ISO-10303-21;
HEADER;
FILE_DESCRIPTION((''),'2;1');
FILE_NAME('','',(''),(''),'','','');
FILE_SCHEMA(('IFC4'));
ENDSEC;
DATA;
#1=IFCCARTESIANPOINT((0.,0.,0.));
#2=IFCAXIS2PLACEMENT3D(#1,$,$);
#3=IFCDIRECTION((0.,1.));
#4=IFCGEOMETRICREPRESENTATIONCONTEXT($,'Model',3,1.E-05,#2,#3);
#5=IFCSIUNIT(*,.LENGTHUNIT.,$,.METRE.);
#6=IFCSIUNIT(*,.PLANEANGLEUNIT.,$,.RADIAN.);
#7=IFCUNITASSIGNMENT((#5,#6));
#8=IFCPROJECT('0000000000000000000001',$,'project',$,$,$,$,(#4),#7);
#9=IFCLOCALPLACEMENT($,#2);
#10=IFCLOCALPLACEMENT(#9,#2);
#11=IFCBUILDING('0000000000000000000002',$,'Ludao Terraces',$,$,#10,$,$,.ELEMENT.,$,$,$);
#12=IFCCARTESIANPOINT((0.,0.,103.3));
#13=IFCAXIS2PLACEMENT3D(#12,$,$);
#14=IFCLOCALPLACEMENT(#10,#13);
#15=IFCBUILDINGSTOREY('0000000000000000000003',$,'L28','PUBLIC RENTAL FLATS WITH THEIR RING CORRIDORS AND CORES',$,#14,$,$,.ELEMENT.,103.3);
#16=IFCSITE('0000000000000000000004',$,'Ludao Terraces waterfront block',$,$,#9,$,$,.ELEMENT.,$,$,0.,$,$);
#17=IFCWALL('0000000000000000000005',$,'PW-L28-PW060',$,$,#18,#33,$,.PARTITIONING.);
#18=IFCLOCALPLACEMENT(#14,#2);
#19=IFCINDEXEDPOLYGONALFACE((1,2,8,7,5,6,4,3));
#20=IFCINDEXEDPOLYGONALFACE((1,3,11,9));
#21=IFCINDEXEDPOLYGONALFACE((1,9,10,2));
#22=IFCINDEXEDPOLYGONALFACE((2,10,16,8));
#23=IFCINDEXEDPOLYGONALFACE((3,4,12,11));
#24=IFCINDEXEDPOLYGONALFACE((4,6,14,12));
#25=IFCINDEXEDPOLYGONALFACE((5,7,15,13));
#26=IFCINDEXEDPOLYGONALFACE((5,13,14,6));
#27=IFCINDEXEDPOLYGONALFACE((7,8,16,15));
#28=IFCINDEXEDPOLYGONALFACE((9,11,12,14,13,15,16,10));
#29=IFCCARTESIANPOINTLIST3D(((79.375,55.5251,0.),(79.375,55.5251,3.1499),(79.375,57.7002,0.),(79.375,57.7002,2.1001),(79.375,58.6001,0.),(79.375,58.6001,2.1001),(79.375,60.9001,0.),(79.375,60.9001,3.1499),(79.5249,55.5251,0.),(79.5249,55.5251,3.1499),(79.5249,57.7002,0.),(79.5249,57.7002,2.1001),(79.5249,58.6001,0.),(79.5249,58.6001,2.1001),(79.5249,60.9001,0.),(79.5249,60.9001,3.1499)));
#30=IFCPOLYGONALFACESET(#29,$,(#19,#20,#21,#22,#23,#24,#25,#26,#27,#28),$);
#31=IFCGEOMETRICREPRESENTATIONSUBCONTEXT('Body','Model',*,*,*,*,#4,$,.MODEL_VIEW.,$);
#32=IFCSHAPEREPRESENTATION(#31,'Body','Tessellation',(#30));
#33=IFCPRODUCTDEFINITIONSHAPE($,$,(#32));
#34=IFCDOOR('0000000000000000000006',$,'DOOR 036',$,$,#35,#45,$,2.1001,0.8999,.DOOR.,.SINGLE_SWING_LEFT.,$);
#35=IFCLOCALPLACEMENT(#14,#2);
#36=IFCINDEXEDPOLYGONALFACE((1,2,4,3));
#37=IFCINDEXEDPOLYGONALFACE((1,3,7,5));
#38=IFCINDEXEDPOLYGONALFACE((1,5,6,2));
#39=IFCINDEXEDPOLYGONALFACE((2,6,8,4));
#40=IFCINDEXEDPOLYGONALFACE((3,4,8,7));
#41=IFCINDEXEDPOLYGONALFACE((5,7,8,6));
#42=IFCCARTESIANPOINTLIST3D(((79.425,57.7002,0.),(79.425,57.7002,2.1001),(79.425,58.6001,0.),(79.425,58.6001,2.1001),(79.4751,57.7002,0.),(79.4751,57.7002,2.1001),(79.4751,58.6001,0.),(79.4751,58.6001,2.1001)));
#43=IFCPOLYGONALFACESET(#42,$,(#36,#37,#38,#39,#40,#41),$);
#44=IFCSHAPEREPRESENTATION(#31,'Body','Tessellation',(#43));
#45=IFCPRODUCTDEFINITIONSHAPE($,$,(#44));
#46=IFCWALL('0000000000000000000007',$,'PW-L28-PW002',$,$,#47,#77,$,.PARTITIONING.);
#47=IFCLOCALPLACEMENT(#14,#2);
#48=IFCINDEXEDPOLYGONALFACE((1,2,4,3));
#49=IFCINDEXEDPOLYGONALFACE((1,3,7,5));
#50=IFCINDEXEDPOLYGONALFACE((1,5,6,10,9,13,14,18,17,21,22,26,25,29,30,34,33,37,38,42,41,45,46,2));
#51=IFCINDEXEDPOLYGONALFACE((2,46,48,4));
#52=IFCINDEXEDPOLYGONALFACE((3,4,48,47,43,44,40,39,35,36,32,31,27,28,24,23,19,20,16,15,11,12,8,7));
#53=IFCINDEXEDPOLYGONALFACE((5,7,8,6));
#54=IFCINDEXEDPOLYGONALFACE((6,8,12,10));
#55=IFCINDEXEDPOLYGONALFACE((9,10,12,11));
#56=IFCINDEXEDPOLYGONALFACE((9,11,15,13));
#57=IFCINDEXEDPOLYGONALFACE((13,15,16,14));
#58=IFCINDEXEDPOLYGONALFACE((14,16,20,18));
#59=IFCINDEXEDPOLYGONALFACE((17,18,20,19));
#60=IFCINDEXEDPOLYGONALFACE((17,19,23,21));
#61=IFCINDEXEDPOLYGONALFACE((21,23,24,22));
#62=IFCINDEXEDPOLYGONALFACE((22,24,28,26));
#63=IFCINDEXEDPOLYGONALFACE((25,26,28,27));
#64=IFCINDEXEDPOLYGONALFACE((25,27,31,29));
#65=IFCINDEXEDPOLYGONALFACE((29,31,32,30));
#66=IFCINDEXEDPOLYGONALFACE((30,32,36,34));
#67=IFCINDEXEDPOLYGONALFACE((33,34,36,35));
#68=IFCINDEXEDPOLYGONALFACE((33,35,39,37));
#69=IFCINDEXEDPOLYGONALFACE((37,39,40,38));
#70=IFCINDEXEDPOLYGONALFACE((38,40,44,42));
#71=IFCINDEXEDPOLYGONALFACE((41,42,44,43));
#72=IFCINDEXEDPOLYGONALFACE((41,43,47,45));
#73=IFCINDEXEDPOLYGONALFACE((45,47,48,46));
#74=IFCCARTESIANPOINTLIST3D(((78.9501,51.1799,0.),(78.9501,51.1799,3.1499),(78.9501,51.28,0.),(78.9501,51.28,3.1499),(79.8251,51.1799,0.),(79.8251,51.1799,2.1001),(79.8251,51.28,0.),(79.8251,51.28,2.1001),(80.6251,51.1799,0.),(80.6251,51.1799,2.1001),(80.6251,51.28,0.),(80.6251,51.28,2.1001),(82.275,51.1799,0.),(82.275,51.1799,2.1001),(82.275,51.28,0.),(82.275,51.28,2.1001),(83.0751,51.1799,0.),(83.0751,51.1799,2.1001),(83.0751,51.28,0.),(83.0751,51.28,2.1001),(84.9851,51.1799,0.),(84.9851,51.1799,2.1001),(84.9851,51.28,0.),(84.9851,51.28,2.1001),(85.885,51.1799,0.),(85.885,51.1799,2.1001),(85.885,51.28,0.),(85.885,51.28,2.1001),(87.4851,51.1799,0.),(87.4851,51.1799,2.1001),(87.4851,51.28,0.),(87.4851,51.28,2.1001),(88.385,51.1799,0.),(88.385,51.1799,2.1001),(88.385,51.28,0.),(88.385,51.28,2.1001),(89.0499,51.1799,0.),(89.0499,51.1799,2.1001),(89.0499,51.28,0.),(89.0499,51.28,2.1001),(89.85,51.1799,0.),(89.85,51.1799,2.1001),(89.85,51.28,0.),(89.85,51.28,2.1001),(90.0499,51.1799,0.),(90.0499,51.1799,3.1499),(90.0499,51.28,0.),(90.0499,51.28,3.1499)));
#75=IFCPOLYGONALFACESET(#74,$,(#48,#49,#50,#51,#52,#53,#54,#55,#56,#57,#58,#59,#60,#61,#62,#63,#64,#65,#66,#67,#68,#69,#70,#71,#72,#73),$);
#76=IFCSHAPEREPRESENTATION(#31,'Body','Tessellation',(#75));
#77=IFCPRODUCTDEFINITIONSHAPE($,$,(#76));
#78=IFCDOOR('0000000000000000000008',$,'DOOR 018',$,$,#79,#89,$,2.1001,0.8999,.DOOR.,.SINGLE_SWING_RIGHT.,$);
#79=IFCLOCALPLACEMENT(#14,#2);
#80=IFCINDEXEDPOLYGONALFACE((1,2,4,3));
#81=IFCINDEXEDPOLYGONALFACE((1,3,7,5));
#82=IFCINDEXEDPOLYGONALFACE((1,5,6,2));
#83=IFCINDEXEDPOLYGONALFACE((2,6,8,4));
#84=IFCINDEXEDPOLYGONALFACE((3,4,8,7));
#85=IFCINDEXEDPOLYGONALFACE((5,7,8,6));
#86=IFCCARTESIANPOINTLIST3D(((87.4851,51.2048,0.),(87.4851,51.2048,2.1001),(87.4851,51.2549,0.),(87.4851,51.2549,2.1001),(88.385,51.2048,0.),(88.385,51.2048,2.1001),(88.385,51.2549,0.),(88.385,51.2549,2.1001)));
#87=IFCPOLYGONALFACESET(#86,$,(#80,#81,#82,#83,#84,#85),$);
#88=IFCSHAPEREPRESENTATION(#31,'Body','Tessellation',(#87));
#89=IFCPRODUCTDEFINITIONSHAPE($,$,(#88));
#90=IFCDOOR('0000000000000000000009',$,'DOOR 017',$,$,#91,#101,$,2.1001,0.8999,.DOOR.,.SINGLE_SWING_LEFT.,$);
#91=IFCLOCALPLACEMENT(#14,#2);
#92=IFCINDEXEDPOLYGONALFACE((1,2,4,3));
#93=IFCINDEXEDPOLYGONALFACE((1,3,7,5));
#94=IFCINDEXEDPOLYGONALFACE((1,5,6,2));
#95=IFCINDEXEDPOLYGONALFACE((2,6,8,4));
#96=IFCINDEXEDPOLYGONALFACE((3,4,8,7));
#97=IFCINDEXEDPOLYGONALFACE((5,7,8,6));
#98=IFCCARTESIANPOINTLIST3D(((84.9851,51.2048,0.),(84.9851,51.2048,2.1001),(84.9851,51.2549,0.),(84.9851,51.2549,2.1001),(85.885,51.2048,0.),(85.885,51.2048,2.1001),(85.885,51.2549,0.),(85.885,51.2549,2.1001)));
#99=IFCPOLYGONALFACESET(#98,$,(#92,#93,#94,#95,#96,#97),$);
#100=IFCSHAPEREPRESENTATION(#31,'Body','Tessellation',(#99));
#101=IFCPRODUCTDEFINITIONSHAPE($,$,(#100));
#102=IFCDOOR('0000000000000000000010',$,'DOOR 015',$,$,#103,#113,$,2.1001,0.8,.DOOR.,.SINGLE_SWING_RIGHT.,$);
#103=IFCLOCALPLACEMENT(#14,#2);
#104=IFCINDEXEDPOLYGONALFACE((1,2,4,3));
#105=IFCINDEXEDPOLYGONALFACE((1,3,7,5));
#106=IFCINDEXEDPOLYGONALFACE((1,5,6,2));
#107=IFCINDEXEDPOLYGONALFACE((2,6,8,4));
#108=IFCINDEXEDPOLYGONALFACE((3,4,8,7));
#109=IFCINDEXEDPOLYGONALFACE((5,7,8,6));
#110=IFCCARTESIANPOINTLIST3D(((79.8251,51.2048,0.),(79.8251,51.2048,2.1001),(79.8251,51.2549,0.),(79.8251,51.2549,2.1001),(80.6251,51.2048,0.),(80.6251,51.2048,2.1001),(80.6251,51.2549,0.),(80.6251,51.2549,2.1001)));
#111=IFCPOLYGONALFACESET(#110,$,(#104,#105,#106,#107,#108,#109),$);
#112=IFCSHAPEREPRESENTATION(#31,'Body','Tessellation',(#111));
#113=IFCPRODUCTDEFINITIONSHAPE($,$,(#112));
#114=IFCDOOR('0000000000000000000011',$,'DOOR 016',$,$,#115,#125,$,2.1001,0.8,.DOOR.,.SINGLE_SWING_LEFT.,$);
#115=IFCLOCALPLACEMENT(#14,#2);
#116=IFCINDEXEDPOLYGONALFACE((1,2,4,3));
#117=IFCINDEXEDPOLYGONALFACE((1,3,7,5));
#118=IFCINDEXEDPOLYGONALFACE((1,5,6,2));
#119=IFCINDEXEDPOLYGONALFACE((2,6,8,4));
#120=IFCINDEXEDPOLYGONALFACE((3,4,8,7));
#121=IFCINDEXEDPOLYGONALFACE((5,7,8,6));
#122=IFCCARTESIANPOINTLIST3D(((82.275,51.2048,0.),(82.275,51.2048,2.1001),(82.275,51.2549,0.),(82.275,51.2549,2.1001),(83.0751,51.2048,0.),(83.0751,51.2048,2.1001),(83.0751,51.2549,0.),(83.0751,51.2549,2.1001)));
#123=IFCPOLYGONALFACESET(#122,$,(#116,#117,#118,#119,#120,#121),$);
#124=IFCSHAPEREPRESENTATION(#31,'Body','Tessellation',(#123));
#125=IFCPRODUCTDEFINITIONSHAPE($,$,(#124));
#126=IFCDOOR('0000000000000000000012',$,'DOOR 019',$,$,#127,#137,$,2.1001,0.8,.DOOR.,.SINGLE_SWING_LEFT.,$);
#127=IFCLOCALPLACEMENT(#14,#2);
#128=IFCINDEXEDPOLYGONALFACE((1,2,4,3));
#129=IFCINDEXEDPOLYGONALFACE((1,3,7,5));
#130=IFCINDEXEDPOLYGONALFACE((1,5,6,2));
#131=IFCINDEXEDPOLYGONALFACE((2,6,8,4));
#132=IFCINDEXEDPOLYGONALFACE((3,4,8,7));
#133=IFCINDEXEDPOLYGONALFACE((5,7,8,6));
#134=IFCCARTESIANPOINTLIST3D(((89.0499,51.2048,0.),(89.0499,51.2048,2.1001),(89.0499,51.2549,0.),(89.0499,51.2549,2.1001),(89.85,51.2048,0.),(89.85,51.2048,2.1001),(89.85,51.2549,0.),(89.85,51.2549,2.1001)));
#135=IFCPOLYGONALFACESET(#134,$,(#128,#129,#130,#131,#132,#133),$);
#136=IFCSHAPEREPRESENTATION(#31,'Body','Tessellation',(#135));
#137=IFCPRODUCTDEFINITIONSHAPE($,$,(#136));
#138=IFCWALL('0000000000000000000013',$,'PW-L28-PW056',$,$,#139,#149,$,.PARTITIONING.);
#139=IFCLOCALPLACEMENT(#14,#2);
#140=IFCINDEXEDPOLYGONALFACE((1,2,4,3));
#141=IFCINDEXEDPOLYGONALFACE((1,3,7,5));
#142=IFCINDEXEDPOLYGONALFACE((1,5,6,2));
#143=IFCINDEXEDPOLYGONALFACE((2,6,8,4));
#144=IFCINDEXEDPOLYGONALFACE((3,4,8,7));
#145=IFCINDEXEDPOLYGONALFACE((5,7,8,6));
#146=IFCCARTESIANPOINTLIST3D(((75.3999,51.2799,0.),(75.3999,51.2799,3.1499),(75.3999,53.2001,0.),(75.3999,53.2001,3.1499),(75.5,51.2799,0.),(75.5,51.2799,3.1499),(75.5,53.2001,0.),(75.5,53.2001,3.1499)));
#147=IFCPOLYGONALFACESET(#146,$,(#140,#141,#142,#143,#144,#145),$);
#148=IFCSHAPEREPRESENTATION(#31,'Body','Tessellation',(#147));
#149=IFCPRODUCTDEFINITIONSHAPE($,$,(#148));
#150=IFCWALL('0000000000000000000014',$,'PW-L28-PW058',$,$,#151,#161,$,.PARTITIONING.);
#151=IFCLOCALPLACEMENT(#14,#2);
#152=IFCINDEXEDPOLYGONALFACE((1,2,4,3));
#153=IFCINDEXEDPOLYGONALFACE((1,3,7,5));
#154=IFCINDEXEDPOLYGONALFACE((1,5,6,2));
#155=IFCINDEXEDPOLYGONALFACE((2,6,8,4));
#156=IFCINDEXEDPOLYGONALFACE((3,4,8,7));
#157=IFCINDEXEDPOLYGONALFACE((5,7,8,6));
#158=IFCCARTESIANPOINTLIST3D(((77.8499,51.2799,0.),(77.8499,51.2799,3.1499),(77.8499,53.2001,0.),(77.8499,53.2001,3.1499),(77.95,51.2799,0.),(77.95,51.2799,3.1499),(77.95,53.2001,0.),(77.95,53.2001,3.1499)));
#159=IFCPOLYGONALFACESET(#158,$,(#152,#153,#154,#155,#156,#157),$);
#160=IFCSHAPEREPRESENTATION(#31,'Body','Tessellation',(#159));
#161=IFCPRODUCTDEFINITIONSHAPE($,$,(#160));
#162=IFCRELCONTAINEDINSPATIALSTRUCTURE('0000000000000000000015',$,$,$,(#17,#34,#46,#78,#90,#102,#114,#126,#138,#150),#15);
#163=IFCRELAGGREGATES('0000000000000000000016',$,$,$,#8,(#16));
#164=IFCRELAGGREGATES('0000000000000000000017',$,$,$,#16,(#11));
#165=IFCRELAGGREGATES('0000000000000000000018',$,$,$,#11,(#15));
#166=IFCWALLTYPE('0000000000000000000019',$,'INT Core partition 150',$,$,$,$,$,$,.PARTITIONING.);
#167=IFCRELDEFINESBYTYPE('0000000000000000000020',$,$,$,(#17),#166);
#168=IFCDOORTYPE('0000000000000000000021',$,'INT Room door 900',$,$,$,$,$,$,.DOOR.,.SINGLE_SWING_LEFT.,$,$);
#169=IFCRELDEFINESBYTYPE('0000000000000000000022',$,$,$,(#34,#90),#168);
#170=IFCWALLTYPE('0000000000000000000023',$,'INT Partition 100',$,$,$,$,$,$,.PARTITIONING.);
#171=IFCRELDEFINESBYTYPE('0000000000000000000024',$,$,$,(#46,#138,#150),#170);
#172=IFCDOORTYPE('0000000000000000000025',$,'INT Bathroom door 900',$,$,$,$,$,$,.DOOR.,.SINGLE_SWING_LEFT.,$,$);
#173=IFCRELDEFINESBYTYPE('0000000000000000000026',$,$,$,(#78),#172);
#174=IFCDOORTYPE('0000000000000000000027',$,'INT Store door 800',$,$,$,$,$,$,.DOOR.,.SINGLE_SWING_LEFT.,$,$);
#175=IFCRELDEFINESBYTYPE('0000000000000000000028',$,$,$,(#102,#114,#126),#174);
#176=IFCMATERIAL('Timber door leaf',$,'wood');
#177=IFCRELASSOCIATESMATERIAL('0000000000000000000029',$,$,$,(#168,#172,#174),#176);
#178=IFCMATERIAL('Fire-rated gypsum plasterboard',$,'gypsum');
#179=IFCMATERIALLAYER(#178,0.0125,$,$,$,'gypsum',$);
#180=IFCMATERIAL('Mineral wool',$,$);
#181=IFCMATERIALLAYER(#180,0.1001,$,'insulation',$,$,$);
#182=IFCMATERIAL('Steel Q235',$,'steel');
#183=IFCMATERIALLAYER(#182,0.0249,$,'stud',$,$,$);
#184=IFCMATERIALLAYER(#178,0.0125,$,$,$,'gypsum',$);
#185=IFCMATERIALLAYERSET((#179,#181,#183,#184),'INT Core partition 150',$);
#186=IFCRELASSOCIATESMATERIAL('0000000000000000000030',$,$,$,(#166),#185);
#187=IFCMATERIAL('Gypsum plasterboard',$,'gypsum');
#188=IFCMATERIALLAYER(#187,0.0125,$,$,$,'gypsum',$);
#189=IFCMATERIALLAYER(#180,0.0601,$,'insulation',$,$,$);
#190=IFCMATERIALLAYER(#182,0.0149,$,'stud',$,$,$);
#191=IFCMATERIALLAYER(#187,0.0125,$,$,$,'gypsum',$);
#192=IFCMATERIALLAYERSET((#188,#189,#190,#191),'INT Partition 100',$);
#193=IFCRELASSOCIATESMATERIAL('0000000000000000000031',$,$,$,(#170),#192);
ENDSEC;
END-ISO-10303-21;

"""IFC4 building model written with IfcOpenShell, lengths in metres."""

from ifc_helpers import new_model, si_unit, direction, frame, frame_2d, origin, place, context, subcontext, project, spatial, rectangle, extrude, material, layer, layer_set, type_object, element, fill, save


model = new_model("IFC4")

# Units and contexts
model_context = context("Model", 3, precision=1e-05, world=origin(), true_north=direction((0.0, 1.0)))
body_context = subcontext(model_context, "Body", "Model", "MODEL_VIEW")
ifc_project = project(units=[si_unit("LENGTHUNIT", "METRE"), si_unit("PLANEANGLEUNIT", "RADIAN")], contexts=[model_context])

# Site, building, storey
site_placement = place(None, origin())
site = spatial("IfcSite", under=ifc_project, at=site_placement, Name="Ludao Terraces waterfront block", CompositionType="ELEMENT", RefElevation=0.0)
building_placement = place(site_placement, origin())
building = spatial("IfcBuilding", under=site, at=building_placement, Name="Ludao Terraces", CompositionType="ELEMENT")
storey_placement = place(building_placement, frame((0.0, 0.0, 103.3)))
storey = spatial("IfcBuildingStorey", under=building, at=storey_placement, Name="L28", Description="PUBLIC RENTAL FLATS WITH THEIR RING CORRIDORS AND CORES", CompositionType="ELEMENT", Elevation=103.3)

# Shared definitions
ifc_material_1 = material(Name="Steel Q235", Category="steel")
ifc_material_2 = material(Name="Timber door leaf", Category="wood")
door_type_1 = type_object("IfcDoorType", Name="INT Room door 900", OperationType="SINGLE_SWING_LEFT", PredefinedType="DOOR", material=ifc_material_2)

# Wall, opening, door
ifc_material_3 = material(Name="Fire-rated gypsum plasterboard", Category="gypsum")
ifc_layer_1 = layer(ifc_material_3, 0.0125, Category="gypsum")
ifc_material_4 = material(Name="Mineral wool")
ifc_layer_2 = layer(ifc_material_4, 0.1001, Name="insulation")
ifc_layer_3 = layer(ifc_material_1, 0.0249, Name="stud")
ifc_layer_4 = layer(ifc_material_3, 0.0125, Category="gypsum")
ifc_layer_set_1 = layer_set([ifc_layer_1, ifc_layer_2, ifc_layer_3, ifc_layer_4], Name="INT Core partition 150")
wall_type_1 = type_object("IfcWallType", Name="INT Core partition 150", PredefinedType="PARTITIONING", material=ifc_layer_set_1)
wall_1_placement = place(storey_placement, frame((79.45, 55.5251, 0.0), z_axis=(0.0, 0.0, 1.0), x_axis=(0.0, 1.0, 0.0)))
wall_1 = element("IfcWall", 1, at=wall_1_placement, inside=storey, type_object=wall_type_1, Name="PW-L28-PW060", PredefinedType="PARTITIONING", context=body_context, shape_type="SweptSolid", body=[
    extrude(rectangle(XDim=5.375, YDim=0.1499, at=frame_2d((2.6875, 0.0))), origin(), (0.0, 0.0, 1.0), 3.1499),
])
opening_1_placement = place(wall_1_placement, frame((2.175, 0.0, 0.0)))
opening_1 = element("IfcOpeningElement", 2, at=opening_1_placement, cuts=wall_1, PredefinedType="OPENING", context=body_context, shape_type="SweptSolid", body=[
    extrude(rectangle(XDim=0.8999, YDim=2.1001, at=frame_2d((0.45, 1.05))), frame((0.0, 0.085, 0.0), z_axis=(0.0, -1.0, 0.0), x_axis=(1.0, 0.0, 0.0)), (0.0, 0.0, 1.0), 0.1699),
])
door_1_placement = place(opening_1_placement, origin())
door_1 = element("IfcDoor", 3, at=door_1_placement, inside=storey, type_object=door_type_1, Name="DOOR 036", OperationType="SINGLE_SWING_LEFT", OverallHeight=2.1001, OverallWidth=0.8999, PredefinedType="DOOR", context=body_context, shape_type="SweptSolid", body=[
    extrude(rectangle(XDim=0.8999, YDim=2.1001, at=frame_2d((0.45, 1.05))), frame((0.0, 0.0249, 0.0), z_axis=(0.0, -1.0, 0.0), x_axis=(1.0, 0.0, 0.0)), (0.0, 0.0, 1.0), 0.05),
])
fill(opening_1, door_1)

# Wall, openings, doors
ifc_material_5 = material(Name="Gypsum plasterboard", Category="gypsum")
ifc_layer_5 = layer(ifc_material_5, 0.0125, Category="gypsum")
ifc_layer_6 = layer(ifc_material_4, 0.0601, Name="insulation")
ifc_layer_7 = layer(ifc_material_1, 0.0149, Name="stud")
ifc_layer_8 = layer(ifc_material_5, 0.0125, Category="gypsum")
ifc_layer_set_2 = layer_set([ifc_layer_5, ifc_layer_6, ifc_layer_7, ifc_layer_8], Name="INT Partition 100")
wall_type_2 = type_object("IfcWallType", Name="INT Partition 100", PredefinedType="PARTITIONING", material=ifc_layer_set_2)
wall_2_placement = place(storey_placement, frame((78.9502, 51.23, 0.0), z_axis=(0.0, 0.0, 1.0), x_axis=(1.0, 0.0, 0.0)))
wall_2 = element("IfcWall", 4, at=wall_2_placement, inside=storey, type_object=wall_type_2, Name="PW-L28-PW002", PredefinedType="PARTITIONING", context=body_context, shape_type="SweptSolid", body=[
    extrude(rectangle(XDim=11.0999, YDim=0.1001, at=frame_2d((5.5498, 0.0))), origin(), (0.0, 0.0, 1.0), 3.1499),
])
opening_2_placement = place(wall_2_placement, frame((0.875, 0.0, 0.0)))
opening_2 = element("IfcOpeningElement", 5, at=opening_2_placement, cuts=wall_2, PredefinedType="OPENING", context=body_context, shape_type="SweptSolid", body=[
    extrude(rectangle(XDim=0.8, YDim=2.1001, at=frame_2d((0.3999, 1.05))), frame((0.0, 0.0601, 0.0), z_axis=(0.0, -1.0, 0.0), x_axis=(1.0, 0.0, 0.0)), (0.0, 0.0, 1.0), 0.1201),
])
opening_3_placement = place(wall_2_placement, frame((3.325, 0.0, 0.0)))
opening_3 = element("IfcOpeningElement", 6, at=opening_3_placement, cuts=wall_2, PredefinedType="OPENING", context=body_context, shape_type="SweptSolid", body=[
    extrude(rectangle(XDim=0.8, YDim=2.1001, at=frame_2d((0.3999, 1.05))), frame((0.0, 0.0601, 0.0), z_axis=(0.0, -1.0, 0.0), x_axis=(1.0, 0.0, 0.0)), (0.0, 0.0, 1.0), 0.1201),
])
opening_4_placement = place(wall_2_placement, frame((6.0349, 0.0, 0.0)))
opening_4 = element("IfcOpeningElement", 7, at=opening_4_placement, cuts=wall_2, PredefinedType="OPENING", context=body_context, shape_type="SweptSolid", body=[
    extrude(rectangle(XDim=0.8999, YDim=2.1001, at=frame_2d((0.45, 1.05))), frame((0.0, 0.0601, 0.0), z_axis=(0.0, -1.0, 0.0), x_axis=(1.0, 0.0, 0.0)), (0.0, 0.0, 1.0), 0.1201),
])
opening_5_placement = place(wall_2_placement, frame((8.5349, 0.0, 0.0)))
opening_5 = element("IfcOpeningElement", 8, at=opening_5_placement, cuts=wall_2, PredefinedType="OPENING", context=body_context, shape_type="SweptSolid", body=[
    extrude(rectangle(XDim=0.8999, YDim=2.1001, at=frame_2d((0.45, 1.05))), frame((0.0, 0.0601, 0.0), z_axis=(0.0, -1.0, 0.0), x_axis=(1.0, 0.0, 0.0)), (0.0, 0.0, 1.0), 0.1201),
])
opening_6_placement = place(wall_2_placement, frame((10.0999, 0.0, 0.0)))
opening_6 = element("IfcOpeningElement", 9, at=opening_6_placement, cuts=wall_2, PredefinedType="OPENING", context=body_context, shape_type="SweptSolid", body=[
    extrude(rectangle(XDim=0.8, YDim=2.1001, at=frame_2d((0.3999, 1.05))), frame((0.0, 0.0601, 0.0), z_axis=(0.0, -1.0, 0.0), x_axis=(1.0, 0.0, 0.0)), (0.0, 0.0, 1.0), 0.1201),
])
door_type_2 = type_object("IfcDoorType", Name="INT Bathroom door 900", OperationType="SINGLE_SWING_LEFT", PredefinedType="DOOR", material=ifc_material_2)
door_2_placement = place(opening_5_placement, origin())
door_2 = element("IfcDoor", 10, at=door_2_placement, inside=storey, type_object=door_type_2, Name="DOOR 018", OperationType="SINGLE_SWING_RIGHT", OverallHeight=2.1001, OverallWidth=0.8999, PredefinedType="DOOR", context=body_context, shape_type="SweptSolid", body=[
    extrude(rectangle(XDim=0.8999, YDim=2.1001, at=frame_2d((0.45, 1.05))), frame((0.0, 0.0249, 0.0), z_axis=(0.0, -1.0, 0.0), x_axis=(1.0, 0.0, 0.0)), (0.0, 0.0, 1.0), 0.05),
])
fill(opening_5, door_2)
door_3_placement = place(opening_4_placement, origin())
door_3 = element("IfcDoor", 11, at=door_3_placement, inside=storey, type_object=door_type_1, Name="DOOR 017", OperationType="SINGLE_SWING_LEFT", OverallHeight=2.1001, OverallWidth=0.8999, PredefinedType="DOOR", context=body_context, shape_type="SweptSolid", body=[
    extrude(rectangle(XDim=0.8999, YDim=2.1001, at=frame_2d((0.45, 1.05))), frame((0.0, 0.0249, 0.0), z_axis=(0.0, -1.0, 0.0), x_axis=(1.0, 0.0, 0.0)), (0.0, 0.0, 1.0), 0.05),
])
fill(opening_4, door_3)
door_type_3 = type_object("IfcDoorType", Name="INT Store door 800", OperationType="SINGLE_SWING_LEFT", PredefinedType="DOOR", material=ifc_material_2)
door_4_placement = place(opening_2_placement, origin())
door_4 = element("IfcDoor", 12, at=door_4_placement, inside=storey, type_object=door_type_3, Name="DOOR 015", OperationType="SINGLE_SWING_RIGHT", OverallHeight=2.1001, OverallWidth=0.8, PredefinedType="DOOR", context=body_context, shape_type="SweptSolid", body=[
    extrude(rectangle(XDim=0.8, YDim=2.1001, at=frame_2d((0.3999, 1.05))), frame((0.0, 0.0249, 0.0), z_axis=(0.0, -1.0, 0.0), x_axis=(1.0, 0.0, 0.0)), (0.0, 0.0, 1.0), 0.05),
])
fill(opening_2, door_4)
door_5_placement = place(opening_3_placement, origin())
door_5 = element("IfcDoor", 13, at=door_5_placement, inside=storey, type_object=door_type_3, Name="DOOR 016", OperationType="SINGLE_SWING_LEFT", OverallHeight=2.1001, OverallWidth=0.8, PredefinedType="DOOR", context=body_context, shape_type="SweptSolid", body=[
    extrude(rectangle(XDim=0.8, YDim=2.1001, at=frame_2d((0.3999, 1.05))), frame((0.0, 0.0249, 0.0), z_axis=(0.0, -1.0, 0.0), x_axis=(1.0, 0.0, 0.0)), (0.0, 0.0, 1.0), 0.05),
])
fill(opening_3, door_5)
door_6_placement = place(opening_6_placement, origin())
door_6 = element("IfcDoor", 14, at=door_6_placement, inside=storey, type_object=door_type_3, Name="DOOR 019", OperationType="SINGLE_SWING_LEFT", OverallHeight=2.1001, OverallWidth=0.8, PredefinedType="DOOR", context=body_context, shape_type="SweptSolid", body=[
    extrude(rectangle(XDim=0.8, YDim=2.1001, at=frame_2d((0.3999, 1.05))), frame((0.0, 0.0249, 0.0), z_axis=(0.0, -1.0, 0.0), x_axis=(1.0, 0.0, 0.0)), (0.0, 0.0, 1.0), 0.05),
])
fill(opening_6, door_6)

# Walls
for number, where, z_axis, x_axis, name in (
    (15, (75.45, 51.28, 0.0), (0.0, 0.0, 1.0), (0.0, 1.0, 0.0), "PW-L28-PW056"),
    (16, (77.8999, 51.28, 0.0), (0.0, 0.0, 1.0), (0.0, 1.0, 0.0), "PW-L28-PW058"),
):
    element("IfcWall", number, at=place(storey_placement, frame(where, z_axis=z_axis, x_axis=x_axis)), inside=storey, type_object=wall_type_2, Name=name, PredefinedType="PARTITIONING", context=body_context, shape_type="SweptSolid", body=[
        extrude(rectangle(XDim=1.9202, YDim=0.1001, at=frame_2d((0.96, 0.0))), origin(), (0.0, 0.0, 1.0), 3.1499),
    ])

save(model, "model.ifc")
